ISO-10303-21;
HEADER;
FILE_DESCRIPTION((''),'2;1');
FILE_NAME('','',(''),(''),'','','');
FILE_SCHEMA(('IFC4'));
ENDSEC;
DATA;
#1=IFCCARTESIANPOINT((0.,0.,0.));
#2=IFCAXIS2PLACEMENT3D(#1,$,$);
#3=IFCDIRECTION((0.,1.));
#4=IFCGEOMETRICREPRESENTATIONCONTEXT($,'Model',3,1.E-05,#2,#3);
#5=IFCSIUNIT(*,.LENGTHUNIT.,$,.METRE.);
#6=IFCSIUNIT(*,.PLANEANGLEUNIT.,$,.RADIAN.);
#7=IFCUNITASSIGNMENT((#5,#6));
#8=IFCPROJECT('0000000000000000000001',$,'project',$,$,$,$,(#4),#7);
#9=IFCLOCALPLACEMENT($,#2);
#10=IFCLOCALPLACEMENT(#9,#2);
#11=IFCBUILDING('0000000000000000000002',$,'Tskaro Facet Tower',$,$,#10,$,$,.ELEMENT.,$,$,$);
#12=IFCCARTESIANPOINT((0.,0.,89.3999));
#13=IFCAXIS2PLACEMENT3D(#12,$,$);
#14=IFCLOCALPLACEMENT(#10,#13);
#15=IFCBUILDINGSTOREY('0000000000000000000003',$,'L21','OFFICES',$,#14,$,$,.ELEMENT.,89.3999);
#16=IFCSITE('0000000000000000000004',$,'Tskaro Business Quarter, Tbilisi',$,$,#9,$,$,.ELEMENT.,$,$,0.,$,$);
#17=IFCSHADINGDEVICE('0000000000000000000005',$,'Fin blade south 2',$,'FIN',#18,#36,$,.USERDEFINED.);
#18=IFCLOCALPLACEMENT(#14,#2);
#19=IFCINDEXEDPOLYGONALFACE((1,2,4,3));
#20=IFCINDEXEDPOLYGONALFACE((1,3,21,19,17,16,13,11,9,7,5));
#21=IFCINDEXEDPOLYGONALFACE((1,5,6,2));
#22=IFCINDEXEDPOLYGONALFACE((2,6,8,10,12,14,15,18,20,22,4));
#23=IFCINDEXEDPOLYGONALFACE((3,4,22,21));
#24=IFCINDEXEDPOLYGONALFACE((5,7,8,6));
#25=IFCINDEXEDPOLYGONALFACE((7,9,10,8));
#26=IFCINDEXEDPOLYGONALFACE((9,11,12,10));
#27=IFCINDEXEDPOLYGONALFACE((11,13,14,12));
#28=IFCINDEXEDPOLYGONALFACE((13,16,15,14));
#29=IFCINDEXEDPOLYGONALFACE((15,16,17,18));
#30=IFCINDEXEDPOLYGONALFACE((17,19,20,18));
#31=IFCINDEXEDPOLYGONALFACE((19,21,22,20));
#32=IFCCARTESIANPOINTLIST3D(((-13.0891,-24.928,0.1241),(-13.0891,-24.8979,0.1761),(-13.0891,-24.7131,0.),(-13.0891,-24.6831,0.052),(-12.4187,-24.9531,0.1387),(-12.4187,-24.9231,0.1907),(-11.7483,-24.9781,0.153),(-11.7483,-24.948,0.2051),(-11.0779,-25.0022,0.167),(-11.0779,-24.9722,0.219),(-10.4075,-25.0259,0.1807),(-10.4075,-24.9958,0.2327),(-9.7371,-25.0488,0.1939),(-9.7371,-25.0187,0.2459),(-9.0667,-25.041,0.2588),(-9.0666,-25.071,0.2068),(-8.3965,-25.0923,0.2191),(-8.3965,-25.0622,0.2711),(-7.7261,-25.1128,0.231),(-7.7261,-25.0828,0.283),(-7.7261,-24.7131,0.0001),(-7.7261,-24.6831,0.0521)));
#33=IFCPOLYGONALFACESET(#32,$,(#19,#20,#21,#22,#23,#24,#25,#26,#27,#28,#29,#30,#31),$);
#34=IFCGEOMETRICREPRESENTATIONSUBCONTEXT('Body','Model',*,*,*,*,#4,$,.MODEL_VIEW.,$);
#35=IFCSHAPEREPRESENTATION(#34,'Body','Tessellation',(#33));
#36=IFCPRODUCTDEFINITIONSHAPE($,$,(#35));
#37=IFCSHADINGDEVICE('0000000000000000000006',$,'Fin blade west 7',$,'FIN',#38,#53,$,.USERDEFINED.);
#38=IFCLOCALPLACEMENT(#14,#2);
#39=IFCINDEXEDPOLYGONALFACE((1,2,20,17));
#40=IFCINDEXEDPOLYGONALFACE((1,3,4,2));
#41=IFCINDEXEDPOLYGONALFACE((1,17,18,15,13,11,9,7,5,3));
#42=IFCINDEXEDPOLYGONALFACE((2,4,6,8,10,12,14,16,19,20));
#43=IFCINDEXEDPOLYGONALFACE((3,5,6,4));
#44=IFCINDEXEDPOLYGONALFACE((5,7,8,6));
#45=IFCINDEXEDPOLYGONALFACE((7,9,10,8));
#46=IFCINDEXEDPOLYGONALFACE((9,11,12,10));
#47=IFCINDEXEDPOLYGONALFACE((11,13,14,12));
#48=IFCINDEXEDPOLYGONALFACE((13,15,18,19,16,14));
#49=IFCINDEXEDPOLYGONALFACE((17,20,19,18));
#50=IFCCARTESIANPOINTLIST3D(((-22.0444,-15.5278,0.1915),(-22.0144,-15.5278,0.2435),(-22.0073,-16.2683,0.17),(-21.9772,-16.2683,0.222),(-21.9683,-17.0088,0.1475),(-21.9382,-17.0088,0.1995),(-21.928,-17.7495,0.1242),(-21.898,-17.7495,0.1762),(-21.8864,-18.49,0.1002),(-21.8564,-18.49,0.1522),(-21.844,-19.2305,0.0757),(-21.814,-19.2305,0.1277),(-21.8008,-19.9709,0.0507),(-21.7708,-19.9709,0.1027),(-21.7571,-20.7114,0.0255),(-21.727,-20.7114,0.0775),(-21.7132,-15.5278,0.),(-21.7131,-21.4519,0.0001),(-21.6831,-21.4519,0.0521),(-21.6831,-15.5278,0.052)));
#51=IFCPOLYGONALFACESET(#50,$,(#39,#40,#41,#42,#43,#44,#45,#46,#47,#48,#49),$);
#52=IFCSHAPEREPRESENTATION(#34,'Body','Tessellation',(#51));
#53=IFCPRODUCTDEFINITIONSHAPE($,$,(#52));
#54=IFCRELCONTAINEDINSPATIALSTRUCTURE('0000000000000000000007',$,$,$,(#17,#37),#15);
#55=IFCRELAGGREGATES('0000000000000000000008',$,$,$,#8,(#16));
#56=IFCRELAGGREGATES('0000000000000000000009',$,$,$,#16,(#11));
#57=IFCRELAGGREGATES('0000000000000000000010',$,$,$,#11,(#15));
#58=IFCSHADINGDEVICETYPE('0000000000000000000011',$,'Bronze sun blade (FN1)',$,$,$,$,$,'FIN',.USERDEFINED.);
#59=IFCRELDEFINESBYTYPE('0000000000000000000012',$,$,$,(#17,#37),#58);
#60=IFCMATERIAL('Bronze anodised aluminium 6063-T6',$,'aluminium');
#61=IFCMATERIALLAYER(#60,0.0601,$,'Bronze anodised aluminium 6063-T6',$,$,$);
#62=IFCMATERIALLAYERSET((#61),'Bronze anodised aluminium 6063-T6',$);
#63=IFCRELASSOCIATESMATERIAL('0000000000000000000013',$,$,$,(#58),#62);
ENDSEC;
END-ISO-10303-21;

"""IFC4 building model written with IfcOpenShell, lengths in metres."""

from ifc_helpers import new_model, si_unit, direction, frame, origin, place, context, subcontext, project, spatial, polyline, outline, extrude, material, layer, layer_set, type_object, element, save


model = new_model("IFC4")

# Units and contexts
model_context = context("Model", 3, precision=1e-05, world=origin(), true_north=direction((0.0, 1.0)))
body_context = subcontext(model_context, "Body", "Model", "MODEL_VIEW")
ifc_project = project(units=[si_unit("LENGTHUNIT", "METRE"), si_unit("PLANEANGLEUNIT", "RADIAN")], contexts=[model_context])

# Site, building, storey
site_placement = place(None, origin())
site = spatial("IfcSite", under=ifc_project, at=site_placement, Name="Tskaro Business Quarter, Tbilisi", CompositionType="ELEMENT", RefElevation=0.0)
building_placement = place(site_placement, origin())
building = spatial("IfcBuilding", under=site, at=building_placement, Name="Tskaro Facet Tower", CompositionType="ELEMENT")
storey_placement = place(building_placement, frame((0.0, 0.0, 89.3999)))
storey = spatial("IfcBuildingStorey", under=building, at=storey_placement, Name="L21", Description="OFFICES", CompositionType="ELEMENT", Elevation=89.3999)

# Shared definitions
ifc_material_1 = material(Name="Bronze anodised aluminium 6063-T6", Category="aluminium")

# Shading devices
ifc_layer_1 = layer(ifc_material_1, 0.0601, Name="Bronze anodised aluminium 6063-T6")
ifc_layer_set_1 = layer_set([ifc_layer_1], Name="Bronze anodised aluminium 6063-T6")
shading_device_type = type_object("IfcShadingDeviceType", Name="Bronze sun blade (FN1)", ElementType="FIN", PredefinedType="USERDEFINED", material=ifc_layer_set_1)
shading_device_1_placement = place(storey_placement, frame((-13.0891, -24.6831, 0.052), z_axis=(-0.000013, 0.500217, 0.8659), x_axis=(1.0, 0.000007, 0.000012)))
element("IfcShadingDevice", 1, at=shading_device_1_placement, inside=storey, type_object=shading_device_type, Name="Fin blade south 2", ObjectType="FIN", PredefinedType="USERDEFINED", context=body_context, shape_type="SweptSolid", body=[
    extrude(outline(polyline([(0.0, 0.0), (5.363, 0.0), (5.363, -0.4616), (4.6926, -0.4379), (4.0225, -0.4134), (3.3521, -0.3876), (2.6816, -0.3612), (2.0112, -0.3338), (1.3408, -0.3059), (0.6704, -0.2772), (0.0, -0.2481), (0.0, 0.0)])), origin(), (0.0, 0.0, -1.0), 0.0601),
])
shading_device_2_placement = place(storey_placement, frame((-21.6831, -15.5278, 0.052), z_axis=(0.500417, 0.000012, 0.865785), x_axis=(0.000006, -1.0, 0.000011)))
element("IfcShadingDevice", 2, at=shading_device_2_placement, inside=storey, type_object=shading_device_type, Name="Fin blade west 7", ObjectType="FIN", PredefinedType="USERDEFINED", context=body_context, shape_type="SweptSolid", body=[
    extrude(outline(polyline([(0.0, 0.0), (5.9241, 0.0), (5.1836, -0.0508), (4.4431, -0.1013), (3.7026, -0.1512), (2.9622, -0.2002), (2.2217, -0.2482), (1.481, -0.2947), (0.7405, -0.3397), (0.0, -0.3826), (0.0, 0.0)])), origin(), (0.0, 0.0, -1.0), 0.0601),
])

save(model, "model.ifc")
